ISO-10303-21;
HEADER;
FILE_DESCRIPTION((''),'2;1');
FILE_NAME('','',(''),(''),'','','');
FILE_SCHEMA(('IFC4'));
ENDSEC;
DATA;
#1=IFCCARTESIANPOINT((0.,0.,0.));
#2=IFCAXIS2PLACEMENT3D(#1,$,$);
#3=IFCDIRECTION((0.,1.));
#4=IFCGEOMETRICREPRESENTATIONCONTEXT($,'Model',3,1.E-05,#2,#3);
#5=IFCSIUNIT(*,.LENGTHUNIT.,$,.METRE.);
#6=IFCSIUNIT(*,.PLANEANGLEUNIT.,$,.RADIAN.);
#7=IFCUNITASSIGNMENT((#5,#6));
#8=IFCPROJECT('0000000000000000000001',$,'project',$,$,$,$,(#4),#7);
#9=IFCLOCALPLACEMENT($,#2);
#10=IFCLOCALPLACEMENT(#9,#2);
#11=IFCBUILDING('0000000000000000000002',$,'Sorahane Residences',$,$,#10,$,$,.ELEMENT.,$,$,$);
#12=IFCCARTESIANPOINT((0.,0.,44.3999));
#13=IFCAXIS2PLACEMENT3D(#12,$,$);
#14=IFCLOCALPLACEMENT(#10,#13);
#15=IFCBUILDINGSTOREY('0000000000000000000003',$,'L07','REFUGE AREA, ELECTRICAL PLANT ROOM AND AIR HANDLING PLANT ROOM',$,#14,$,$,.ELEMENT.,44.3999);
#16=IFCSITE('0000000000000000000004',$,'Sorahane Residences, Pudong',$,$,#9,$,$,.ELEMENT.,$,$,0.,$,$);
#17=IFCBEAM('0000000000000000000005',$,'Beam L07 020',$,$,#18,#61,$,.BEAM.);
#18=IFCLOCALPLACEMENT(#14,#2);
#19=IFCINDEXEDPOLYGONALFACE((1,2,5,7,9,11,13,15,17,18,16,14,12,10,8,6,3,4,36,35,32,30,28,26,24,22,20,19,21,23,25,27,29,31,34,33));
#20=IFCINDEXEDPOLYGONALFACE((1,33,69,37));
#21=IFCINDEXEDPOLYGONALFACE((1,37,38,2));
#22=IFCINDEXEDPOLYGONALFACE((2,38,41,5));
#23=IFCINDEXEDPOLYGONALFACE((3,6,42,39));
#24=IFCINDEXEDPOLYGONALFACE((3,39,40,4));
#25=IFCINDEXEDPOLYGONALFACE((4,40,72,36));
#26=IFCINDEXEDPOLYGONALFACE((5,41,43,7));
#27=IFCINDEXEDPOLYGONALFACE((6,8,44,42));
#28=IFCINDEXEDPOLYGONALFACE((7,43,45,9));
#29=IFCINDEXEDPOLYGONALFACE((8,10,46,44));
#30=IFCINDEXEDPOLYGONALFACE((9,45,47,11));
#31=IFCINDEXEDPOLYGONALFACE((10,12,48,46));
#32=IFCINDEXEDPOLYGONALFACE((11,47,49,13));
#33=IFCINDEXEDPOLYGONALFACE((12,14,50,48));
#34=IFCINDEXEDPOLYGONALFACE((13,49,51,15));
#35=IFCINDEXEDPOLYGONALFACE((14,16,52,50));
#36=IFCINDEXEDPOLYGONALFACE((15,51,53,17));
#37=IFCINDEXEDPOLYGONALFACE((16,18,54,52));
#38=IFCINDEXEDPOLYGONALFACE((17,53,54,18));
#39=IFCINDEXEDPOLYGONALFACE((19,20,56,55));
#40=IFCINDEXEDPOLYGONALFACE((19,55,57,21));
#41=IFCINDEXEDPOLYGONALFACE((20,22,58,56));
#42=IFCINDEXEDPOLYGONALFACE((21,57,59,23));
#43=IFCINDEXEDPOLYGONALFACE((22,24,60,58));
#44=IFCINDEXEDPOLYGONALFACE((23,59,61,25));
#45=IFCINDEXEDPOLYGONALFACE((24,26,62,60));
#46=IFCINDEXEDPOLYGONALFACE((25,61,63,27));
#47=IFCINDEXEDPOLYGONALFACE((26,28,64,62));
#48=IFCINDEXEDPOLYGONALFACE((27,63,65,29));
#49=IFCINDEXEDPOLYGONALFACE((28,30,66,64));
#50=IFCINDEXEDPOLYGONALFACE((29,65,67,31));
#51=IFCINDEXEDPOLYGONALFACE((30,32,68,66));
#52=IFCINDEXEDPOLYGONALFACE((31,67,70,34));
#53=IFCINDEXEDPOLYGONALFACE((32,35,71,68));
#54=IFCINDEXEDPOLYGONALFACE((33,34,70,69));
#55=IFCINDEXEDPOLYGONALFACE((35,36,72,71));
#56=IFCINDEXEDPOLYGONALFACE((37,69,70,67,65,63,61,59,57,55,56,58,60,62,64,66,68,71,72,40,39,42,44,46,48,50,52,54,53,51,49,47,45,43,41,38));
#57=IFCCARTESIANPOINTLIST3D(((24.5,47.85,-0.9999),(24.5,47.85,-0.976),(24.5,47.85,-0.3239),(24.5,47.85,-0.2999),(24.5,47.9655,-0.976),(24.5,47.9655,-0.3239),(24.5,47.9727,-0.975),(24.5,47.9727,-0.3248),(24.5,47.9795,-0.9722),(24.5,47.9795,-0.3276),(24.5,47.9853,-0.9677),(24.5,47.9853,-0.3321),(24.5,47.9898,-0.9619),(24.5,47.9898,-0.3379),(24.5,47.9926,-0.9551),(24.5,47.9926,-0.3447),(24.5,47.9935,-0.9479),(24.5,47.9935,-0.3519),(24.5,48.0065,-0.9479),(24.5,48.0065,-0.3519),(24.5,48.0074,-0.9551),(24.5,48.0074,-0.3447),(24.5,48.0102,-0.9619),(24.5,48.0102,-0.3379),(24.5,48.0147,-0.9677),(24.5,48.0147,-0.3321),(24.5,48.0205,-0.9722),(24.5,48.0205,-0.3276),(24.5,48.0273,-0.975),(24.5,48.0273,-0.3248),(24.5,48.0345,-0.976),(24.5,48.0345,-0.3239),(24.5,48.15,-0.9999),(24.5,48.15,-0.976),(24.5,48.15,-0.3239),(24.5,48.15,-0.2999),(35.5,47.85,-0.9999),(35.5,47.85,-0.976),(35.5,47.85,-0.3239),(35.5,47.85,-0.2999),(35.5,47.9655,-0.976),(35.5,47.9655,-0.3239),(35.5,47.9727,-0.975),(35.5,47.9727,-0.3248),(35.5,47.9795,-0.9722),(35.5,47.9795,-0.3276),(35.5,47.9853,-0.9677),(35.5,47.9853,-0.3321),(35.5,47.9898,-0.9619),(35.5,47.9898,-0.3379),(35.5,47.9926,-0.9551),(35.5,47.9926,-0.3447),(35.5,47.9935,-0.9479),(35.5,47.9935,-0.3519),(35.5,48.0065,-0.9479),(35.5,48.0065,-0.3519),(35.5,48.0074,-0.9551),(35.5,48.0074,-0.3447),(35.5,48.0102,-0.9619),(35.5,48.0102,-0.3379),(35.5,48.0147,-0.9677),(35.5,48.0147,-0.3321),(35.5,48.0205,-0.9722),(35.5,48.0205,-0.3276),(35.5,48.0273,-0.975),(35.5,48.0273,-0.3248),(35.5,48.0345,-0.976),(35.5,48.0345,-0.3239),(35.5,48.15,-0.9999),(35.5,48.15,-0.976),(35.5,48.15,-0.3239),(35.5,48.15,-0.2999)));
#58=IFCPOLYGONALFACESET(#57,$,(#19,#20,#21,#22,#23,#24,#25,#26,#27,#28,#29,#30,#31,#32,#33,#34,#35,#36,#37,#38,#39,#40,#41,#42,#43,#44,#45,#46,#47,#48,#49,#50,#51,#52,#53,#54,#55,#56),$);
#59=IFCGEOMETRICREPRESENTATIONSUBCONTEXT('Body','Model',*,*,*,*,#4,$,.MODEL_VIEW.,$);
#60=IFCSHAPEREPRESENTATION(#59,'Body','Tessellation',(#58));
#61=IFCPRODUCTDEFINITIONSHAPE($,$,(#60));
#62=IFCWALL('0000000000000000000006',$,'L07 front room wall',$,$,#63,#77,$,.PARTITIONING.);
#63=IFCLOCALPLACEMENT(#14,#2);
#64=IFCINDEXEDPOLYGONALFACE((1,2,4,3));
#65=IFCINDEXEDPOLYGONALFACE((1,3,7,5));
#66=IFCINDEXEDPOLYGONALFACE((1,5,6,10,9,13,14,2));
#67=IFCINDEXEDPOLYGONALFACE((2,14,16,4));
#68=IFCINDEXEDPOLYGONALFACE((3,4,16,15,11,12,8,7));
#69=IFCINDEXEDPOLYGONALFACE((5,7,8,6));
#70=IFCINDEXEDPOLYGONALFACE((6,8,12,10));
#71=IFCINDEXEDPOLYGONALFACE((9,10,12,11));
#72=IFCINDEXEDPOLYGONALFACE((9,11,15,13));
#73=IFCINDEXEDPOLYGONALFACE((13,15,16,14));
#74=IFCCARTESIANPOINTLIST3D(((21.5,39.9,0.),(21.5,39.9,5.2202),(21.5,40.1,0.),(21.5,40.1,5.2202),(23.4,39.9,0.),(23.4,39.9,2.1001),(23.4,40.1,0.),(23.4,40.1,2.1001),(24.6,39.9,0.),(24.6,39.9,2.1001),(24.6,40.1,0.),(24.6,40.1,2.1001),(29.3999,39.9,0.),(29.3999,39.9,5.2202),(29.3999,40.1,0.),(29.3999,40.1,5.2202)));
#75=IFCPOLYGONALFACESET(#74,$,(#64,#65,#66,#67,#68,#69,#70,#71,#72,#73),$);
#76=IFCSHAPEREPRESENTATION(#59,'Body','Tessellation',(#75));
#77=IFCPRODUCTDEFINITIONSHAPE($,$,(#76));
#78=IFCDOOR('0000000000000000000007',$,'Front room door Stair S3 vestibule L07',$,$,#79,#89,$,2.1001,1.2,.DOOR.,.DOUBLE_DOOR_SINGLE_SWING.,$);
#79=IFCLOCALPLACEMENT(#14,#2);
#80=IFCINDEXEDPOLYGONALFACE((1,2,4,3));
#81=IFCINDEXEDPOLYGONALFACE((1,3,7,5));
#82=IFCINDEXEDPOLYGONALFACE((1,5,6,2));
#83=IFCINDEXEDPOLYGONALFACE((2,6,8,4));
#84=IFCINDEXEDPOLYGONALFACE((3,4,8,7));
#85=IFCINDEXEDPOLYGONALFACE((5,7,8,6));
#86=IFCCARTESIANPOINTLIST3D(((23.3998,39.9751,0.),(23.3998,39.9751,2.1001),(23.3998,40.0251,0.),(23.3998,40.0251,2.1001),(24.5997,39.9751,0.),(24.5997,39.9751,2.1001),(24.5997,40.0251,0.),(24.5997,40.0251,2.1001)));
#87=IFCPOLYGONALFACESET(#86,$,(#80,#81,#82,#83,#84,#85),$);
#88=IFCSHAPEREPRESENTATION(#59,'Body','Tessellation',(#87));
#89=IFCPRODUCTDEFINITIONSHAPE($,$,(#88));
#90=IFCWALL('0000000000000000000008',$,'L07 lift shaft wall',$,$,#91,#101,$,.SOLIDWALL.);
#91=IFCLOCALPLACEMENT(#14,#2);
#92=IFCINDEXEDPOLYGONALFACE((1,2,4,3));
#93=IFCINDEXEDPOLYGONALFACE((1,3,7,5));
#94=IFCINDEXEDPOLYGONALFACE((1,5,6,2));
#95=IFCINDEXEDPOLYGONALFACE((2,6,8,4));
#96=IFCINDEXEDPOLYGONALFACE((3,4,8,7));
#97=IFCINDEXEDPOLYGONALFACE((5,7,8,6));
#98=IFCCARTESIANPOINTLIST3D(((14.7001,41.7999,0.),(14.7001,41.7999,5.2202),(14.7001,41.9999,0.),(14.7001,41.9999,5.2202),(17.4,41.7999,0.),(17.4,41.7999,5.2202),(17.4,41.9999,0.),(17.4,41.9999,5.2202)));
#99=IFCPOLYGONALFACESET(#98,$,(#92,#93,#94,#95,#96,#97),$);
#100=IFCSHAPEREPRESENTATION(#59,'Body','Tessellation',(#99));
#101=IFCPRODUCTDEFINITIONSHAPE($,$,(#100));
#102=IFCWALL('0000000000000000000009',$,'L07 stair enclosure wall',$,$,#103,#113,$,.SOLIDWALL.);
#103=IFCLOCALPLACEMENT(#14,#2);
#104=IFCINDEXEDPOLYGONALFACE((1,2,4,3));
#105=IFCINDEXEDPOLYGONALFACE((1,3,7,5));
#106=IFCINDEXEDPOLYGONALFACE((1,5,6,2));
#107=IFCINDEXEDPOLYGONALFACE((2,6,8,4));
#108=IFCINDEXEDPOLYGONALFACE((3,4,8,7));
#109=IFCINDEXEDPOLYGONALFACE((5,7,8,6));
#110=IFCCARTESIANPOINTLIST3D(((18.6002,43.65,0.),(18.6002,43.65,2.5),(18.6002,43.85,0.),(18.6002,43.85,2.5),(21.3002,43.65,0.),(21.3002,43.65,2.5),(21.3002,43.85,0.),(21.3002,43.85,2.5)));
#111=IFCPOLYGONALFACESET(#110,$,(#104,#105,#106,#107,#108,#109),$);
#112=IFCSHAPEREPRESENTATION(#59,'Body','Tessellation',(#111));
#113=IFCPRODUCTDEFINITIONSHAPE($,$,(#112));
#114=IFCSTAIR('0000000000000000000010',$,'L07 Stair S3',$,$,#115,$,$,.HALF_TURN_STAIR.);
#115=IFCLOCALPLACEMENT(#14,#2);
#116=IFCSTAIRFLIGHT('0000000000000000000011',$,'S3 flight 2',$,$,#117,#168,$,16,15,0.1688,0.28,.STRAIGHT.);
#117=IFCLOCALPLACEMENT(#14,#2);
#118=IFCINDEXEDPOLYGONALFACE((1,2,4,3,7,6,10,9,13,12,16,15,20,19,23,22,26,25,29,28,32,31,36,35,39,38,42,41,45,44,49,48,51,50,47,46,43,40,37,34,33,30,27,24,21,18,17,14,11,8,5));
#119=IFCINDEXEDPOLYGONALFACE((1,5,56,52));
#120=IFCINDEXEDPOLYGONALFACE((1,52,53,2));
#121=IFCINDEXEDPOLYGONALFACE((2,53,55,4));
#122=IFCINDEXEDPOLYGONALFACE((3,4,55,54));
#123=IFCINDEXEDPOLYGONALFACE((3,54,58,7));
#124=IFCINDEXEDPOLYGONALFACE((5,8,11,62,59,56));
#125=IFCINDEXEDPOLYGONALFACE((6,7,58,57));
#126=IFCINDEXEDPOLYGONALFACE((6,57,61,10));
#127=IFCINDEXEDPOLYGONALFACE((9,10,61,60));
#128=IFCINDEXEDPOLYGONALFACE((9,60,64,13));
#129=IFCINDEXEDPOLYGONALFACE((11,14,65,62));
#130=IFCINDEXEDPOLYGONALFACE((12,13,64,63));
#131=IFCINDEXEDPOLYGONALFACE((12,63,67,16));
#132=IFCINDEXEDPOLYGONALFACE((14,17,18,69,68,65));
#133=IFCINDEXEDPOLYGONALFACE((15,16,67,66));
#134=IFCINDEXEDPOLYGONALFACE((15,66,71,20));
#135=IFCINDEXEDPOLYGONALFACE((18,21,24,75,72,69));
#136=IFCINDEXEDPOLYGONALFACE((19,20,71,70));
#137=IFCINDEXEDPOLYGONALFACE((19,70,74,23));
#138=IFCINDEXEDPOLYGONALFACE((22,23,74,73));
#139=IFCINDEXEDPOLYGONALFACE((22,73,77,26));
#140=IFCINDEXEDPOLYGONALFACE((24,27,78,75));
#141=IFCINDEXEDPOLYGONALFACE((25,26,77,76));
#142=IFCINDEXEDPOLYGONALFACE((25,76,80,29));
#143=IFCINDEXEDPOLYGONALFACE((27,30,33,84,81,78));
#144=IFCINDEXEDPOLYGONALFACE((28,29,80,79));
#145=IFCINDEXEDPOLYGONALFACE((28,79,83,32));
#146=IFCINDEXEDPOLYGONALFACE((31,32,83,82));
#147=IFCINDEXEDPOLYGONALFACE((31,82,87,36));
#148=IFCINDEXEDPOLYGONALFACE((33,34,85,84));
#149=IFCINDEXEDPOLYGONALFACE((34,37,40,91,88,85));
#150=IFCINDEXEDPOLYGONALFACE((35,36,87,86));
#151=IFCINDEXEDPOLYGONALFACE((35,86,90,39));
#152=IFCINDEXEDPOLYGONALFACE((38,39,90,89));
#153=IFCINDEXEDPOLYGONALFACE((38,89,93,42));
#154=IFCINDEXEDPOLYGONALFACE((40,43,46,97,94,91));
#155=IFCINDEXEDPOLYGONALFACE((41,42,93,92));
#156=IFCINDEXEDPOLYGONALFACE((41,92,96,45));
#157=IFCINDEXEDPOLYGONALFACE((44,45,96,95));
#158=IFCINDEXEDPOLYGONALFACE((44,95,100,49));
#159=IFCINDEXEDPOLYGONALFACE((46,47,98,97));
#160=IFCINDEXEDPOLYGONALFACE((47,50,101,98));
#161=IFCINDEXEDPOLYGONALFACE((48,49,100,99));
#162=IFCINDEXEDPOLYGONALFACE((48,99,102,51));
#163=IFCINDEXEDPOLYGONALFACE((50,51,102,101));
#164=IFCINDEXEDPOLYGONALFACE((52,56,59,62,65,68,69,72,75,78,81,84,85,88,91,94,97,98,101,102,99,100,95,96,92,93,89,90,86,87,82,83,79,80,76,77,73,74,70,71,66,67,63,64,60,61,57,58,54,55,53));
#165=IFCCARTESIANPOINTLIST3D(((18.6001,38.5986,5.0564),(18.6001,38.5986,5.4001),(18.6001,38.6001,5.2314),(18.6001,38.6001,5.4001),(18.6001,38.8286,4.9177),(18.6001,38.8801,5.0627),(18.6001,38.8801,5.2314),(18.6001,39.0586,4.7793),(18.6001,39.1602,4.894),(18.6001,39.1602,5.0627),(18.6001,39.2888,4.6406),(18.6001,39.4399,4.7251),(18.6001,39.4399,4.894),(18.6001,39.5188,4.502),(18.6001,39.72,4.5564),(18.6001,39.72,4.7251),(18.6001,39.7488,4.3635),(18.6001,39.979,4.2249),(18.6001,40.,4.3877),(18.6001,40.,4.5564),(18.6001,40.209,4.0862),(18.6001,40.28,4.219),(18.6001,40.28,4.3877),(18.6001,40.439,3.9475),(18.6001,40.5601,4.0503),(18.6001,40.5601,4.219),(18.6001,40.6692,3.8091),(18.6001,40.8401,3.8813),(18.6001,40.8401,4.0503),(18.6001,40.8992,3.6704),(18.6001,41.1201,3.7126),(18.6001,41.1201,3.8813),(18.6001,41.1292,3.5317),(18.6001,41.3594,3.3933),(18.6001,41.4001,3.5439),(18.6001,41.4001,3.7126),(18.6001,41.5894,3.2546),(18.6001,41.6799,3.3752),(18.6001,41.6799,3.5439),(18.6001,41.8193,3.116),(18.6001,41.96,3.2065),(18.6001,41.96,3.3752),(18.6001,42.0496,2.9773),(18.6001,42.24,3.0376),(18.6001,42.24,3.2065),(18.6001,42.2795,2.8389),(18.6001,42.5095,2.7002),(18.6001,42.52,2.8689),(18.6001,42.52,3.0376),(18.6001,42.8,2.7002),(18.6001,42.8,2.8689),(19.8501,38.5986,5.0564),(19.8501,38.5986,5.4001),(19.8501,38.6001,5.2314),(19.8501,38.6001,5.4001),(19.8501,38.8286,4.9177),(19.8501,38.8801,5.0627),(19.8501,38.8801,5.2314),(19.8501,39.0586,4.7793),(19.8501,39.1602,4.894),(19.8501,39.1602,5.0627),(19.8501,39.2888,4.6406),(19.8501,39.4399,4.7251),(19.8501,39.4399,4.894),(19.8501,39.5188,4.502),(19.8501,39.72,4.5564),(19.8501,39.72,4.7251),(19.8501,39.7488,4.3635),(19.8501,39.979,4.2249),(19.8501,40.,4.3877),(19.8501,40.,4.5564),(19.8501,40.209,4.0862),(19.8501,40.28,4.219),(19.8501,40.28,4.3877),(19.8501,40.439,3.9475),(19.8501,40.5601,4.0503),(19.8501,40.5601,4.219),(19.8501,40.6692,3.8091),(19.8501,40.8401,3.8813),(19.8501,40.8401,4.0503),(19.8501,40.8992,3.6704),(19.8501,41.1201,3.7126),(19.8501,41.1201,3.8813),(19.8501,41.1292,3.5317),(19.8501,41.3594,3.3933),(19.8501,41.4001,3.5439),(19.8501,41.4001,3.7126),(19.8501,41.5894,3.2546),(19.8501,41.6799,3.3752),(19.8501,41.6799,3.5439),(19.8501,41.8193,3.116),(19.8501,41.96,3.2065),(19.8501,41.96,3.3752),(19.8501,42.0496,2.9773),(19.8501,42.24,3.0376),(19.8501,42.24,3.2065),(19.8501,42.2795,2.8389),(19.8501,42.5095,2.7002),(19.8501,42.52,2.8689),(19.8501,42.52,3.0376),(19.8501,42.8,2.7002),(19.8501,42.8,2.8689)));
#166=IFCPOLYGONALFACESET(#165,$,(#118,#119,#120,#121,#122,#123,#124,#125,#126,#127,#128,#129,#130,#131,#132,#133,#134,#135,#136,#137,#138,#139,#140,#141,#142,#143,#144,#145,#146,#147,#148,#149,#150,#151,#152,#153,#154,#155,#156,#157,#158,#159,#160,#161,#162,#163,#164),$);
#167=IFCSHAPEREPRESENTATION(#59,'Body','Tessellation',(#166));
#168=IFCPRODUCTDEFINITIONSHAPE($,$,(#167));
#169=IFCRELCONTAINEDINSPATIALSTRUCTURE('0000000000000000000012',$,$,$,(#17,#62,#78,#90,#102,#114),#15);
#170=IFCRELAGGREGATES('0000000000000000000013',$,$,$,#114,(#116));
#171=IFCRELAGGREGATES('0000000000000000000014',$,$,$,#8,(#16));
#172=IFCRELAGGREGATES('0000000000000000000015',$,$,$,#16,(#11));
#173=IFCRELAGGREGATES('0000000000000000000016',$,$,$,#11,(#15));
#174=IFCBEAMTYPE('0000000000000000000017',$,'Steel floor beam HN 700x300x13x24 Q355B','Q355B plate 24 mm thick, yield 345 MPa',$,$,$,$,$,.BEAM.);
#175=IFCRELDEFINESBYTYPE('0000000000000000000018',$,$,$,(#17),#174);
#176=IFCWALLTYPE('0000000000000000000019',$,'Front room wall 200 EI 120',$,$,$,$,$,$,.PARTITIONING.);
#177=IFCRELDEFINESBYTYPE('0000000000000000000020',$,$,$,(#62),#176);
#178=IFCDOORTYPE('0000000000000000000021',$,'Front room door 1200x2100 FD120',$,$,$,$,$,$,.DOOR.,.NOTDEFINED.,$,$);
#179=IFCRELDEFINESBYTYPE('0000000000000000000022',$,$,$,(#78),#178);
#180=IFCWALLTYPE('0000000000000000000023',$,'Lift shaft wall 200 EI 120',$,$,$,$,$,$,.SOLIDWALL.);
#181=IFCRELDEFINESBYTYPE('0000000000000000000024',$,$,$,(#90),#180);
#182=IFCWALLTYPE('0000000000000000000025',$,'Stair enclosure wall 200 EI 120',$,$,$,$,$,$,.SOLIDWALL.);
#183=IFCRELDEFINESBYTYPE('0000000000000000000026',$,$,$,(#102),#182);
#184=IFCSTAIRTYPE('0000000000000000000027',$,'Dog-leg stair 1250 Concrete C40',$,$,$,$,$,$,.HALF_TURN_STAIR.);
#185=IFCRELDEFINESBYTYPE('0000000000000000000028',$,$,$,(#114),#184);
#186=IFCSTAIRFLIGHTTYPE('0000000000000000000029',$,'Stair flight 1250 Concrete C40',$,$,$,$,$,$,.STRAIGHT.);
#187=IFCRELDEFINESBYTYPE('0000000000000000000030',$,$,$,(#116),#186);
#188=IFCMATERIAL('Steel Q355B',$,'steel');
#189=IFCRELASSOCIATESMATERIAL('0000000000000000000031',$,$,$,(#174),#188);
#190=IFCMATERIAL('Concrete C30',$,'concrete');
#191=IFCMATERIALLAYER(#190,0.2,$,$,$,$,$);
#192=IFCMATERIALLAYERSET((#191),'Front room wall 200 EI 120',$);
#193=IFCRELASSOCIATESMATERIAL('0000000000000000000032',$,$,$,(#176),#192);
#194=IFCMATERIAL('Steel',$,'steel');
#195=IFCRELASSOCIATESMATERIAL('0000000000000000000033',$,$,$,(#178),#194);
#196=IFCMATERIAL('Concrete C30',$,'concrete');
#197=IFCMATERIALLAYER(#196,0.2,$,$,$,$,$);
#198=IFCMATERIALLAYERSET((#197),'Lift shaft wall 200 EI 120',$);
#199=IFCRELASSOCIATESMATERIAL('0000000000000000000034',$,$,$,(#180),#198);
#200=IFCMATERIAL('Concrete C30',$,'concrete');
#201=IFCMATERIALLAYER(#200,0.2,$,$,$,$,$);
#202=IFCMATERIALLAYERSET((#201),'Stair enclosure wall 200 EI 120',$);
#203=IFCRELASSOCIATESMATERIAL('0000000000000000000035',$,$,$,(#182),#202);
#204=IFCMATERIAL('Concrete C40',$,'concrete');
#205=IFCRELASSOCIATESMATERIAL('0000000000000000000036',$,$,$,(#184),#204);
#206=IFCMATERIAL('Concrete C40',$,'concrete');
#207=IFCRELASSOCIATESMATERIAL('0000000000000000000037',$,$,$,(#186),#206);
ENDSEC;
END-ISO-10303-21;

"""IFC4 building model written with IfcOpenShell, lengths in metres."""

from ifc_helpers import new_model, si_unit, direction, frame, frame_2d, origin, origin_2d, place, context, subcontext, project, spatial, polyline, rectangle, i_section, outline, extrude, material, layer, layer_set, material_profile, profile_set, type_object, element, fill, aggregate, save


model = new_model("IFC4")

# Units and contexts
model_context = context("Model", 3, precision=1e-05, world=origin(), true_north=direction((0.0, 1.0)))
body_context = subcontext(model_context, "Body", "Model", "MODEL_VIEW")
ifc_project = project(units=[si_unit("LENGTHUNIT", "METRE"), si_unit("PLANEANGLEUNIT", "RADIAN")], contexts=[model_context])

# Site, building, storey
site_placement = place(None, origin())
site = spatial("IfcSite", under=ifc_project, at=site_placement, Name="Sorahane Residences, Pudong", CompositionType="ELEMENT", RefElevation=0.0)
building_placement = place(site_placement, origin())
building = spatial("IfcBuilding", under=site, at=building_placement, Name="Sorahane Residences", CompositionType="ELEMENT")
storey_placement = place(building_placement, frame((0.0, 0.0, 44.3999)))
storey = spatial("IfcBuildingStorey", under=building, at=storey_placement, Name="L07", Description="REFUGE AREA, ELECTRICAL PLANT ROOM AND AIR HANDLING PLANT ROOM", CompositionType="ELEMENT", Elevation=44.3999)

# Beam
ifc_material_1 = material(Name="Steel Q355B", Category="steel")
ifc_material_profile_1 = material_profile(ifc_material_1, i_section(OverallWidth=0.3, OverallDepth=0.7, WebThickness=0.0129, FlangeThickness=0.0239, FilletRadius=0.0281, at=origin_2d()), Name="HN 700x300x13x24")
ifc_profile_set_1 = profile_set([ifc_material_profile_1], Name="Steel Q355B")
beam_type_1 = type_object("IfcBeamType", Name="Steel floor beam HN 700x300x13x24 Q355B", Description="Q355B plate 24 mm thick, yield 345 MPa", PredefinedType="BEAM", material=ifc_profile_set_1)
for number, where, z_axis, x_axis, name in (
    (1, (24.5, 48.0, -0.6499), (1.0, 0.0, 0.0), (0.0, 1.0, 0.0), "Beam L07 020"),
):
    element("IfcBeam", number, at=place(storey_placement, frame(where, z_axis=z_axis, x_axis=x_axis)), inside=storey, type_object=beam_type_1, Name=name, PredefinedType="BEAM", context=body_context, shape_type="SweptSolid", body=[
        extrude(i_section(OverallWidth=0.3, OverallDepth=0.7, WebThickness=0.0129, FlangeThickness=0.0239, FilletRadius=0.0281, at=origin_2d()), origin(), (0.0, 0.0, 1.0), 11.0),
    ])

# Wall, opening, door
ifc_material_2 = material(Name="Concrete C30", Category="concrete")
ifc_layer_1 = layer(ifc_material_2, 0.2)
ifc_layer_set_1 = layer_set([ifc_layer_1], Name="Front room wall 200 EI 120")
wall_type_1 = type_object("IfcWallType", Name="Front room wall 200 EI 120", PredefinedType="PARTITIONING", material=ifc_layer_set_1)
wall_1_placement = place(storey_placement, frame((21.5, 40.0, 0.0), z_axis=(0.0, 0.0, 1.0), x_axis=(1.0, 0.0, 0.0)))
wall_1 = element("IfcWall", 2, at=wall_1_placement, inside=storey, type_object=wall_type_1, Name="L07 front room wall", PredefinedType="PARTITIONING", context=body_context, shape_type="SweptSolid", body=[
    extrude(rectangle(XDim=7.8999, YDim=0.2, at=frame_2d((3.95, 0.0))), origin(), (0.0, 0.0, 1.0), 5.2202),
])
opening_placement = place(wall_1_placement, frame((1.8999, 0.0, 0.0)))
opening = element("IfcOpeningElement", 3, at=opening_placement, cuts=wall_1, PredefinedType="OPENING", context=body_context, shape_type="SweptSolid", body=[
    extrude(rectangle(XDim=1.2, YDim=2.1001, at=frame_2d((0.6001, 1.05))), frame((0.0, 0.1099, 0.0), z_axis=(0.0, -1.0, 0.0), x_axis=(1.0, 0.0, 0.0)), (0.0, 0.0, 1.0), 0.22),
])
ifc_material_3 = material(Name="Steel", Category="steel")
door_type = type_object("IfcDoorType", Name="Front room door 1200x2100 FD120", OperationType="NOTDEFINED", PredefinedType="DOOR", material=ifc_material_3)
door_placement = place(opening_placement, frame((1.2, 0.0, 0.0), z_axis=(0.0, 0.0, 1.0), x_axis=(-1.0, 0.0, 0.0)))
door = element("IfcDoor", 4, at=door_placement, inside=storey, type_object=door_type, Name="Front room door Stair S3 vestibule L07", OperationType="DOUBLE_DOOR_SINGLE_SWING", OverallHeight=2.1001, OverallWidth=1.2, PredefinedType="DOOR", context=body_context, shape_type="SweptSolid", body=[
    extrude(rectangle(XDim=1.2, YDim=2.1001, at=frame_2d((0.6001, 1.05))), frame((0.0, 0.0249, 0.0), z_axis=(0.0, -1.0, 0.0), x_axis=(1.0, 0.0, 0.0)), (0.0, 0.0, 1.0), 0.05),
])
fill(opening, door)

# Walls
ifc_material_4 = material(Name="Concrete C30", Category="concrete")
ifc_layer_2 = layer(ifc_material_4, 0.2)
ifc_layer_set_2 = layer_set([ifc_layer_2], Name="Lift shaft wall 200 EI 120")
wall_type_2 = type_object("IfcWallType", Name="Lift shaft wall 200 EI 120", PredefinedType="SOLIDWALL", material=ifc_layer_set_2)
wall_2_placement = place(storey_placement, frame((14.7, 41.8999, 0.0), z_axis=(0.0, 0.0, 1.0), x_axis=(1.0, 0.0, 0.0)))
element("IfcWall", 5, at=wall_2_placement, inside=storey, type_object=wall_type_2, Name="L07 lift shaft wall", PredefinedType="SOLIDWALL", context=body_context, shape_type="SweptSolid", body=[
    extrude(rectangle(XDim=2.7, YDim=0.2, at=frame_2d((1.3501, 0.0))), origin(), (0.0, 0.0, 1.0), 5.2202),
])
ifc_material_5 = material(Name="Concrete C30", Category="concrete")
ifc_layer_3 = layer(ifc_material_5, 0.2)
ifc_layer_set_3 = layer_set([ifc_layer_3], Name="Stair enclosure wall 200 EI 120")
wall_type_3 = type_object("IfcWallType", Name="Stair enclosure wall 200 EI 120", PredefinedType="SOLIDWALL", material=ifc_layer_set_3)
wall_3_placement = place(storey_placement, frame((18.6001, 43.75, 0.0), z_axis=(0.0, 0.0, 1.0), x_axis=(1.0, 0.0, 0.0)))
element("IfcWall", 6, at=wall_3_placement, inside=storey, type_object=wall_type_3, Name="L07 stair enclosure wall", PredefinedType="SOLIDWALL", context=body_context, shape_type="SweptSolid", body=[
    extrude(rectangle(XDim=2.7, YDim=0.2, at=frame_2d((1.3501, 0.0))), origin(), (0.0, 0.0, 1.0), 2.5),
])

# Stair, stair flight
ifc_material_6 = material(Name="Concrete C40", Category="concrete")
stair_type = type_object("IfcStairType", Name="Dog-leg stair 1250 Concrete C40", PredefinedType="HALF_TURN_STAIR", material=ifc_material_6)
stair_placement = place(storey_placement, origin())
stair = element("IfcStair", 7, at=stair_placement, inside=storey, type_object=stair_type, Name="L07 Stair S3", PredefinedType="HALF_TURN_STAIR")
ifc_material_7 = material(Name="Concrete C40", Category="concrete")
stair_flight_type = type_object("IfcStairFlightType", Name="Stair flight 1250 Concrete C40", PredefinedType="STRAIGHT", material=ifc_material_7)
stair_flight_placement = place(storey_placement, frame((19.2251, 42.8, 2.7002), z_axis=(0.0, 0.0, 1.0), x_axis=(0.0, -1.0, 0.0)))
stair_flight = element("IfcStairFlight", 8, at=stair_flight_placement, type_object=stair_flight_type, Name="S3 flight 2", NumberOfRisers=16, NumberOfTreads=15, PredefinedType="STRAIGHT", RiserHeight=0.1688, TreadLength=0.28, context=body_context, shape_type="SweptSolid", body=[
    extrude(outline(polyline([(0.0, 0.0), (0.0, 0.1687), (0.28, 0.1687), (0.28, 0.3374), (0.5601, 0.3374), (0.5601, 0.5063), (0.8401, 0.5063), (0.8401, 0.675), (1.1201, 0.675), (1.1201, 0.8438), (1.3999, 0.8438), (1.3999, 1.0125), (1.6799, 1.0125), (1.6799, 1.1812), (1.96, 1.1812), (1.96, 1.3501), (2.24, 1.3501), (2.24, 1.5188), (2.52, 1.5188), (2.52, 1.6875), (2.8, 1.6875), (2.8, 1.8562), (3.0801, 1.8562), (3.0801, 2.0249), (3.3601, 2.0249), (3.3601, 2.1938), (3.6399, 2.1938), (3.6399, 2.3625), (3.9199, 2.3625), (3.9199, 2.5312), (4.2, 2.5312), (4.2, 2.7), (4.2014, 2.7), (4.2014, 2.3562), (3.9714, 2.2175), (3.7415, 2.0791), (3.5112, 1.9404), (3.2812, 1.8018), (3.0513, 1.6633), (2.821, 1.5247), (2.5911, 1.386), (2.3611, 1.2473), (2.1309, 1.1089), (1.9009, 0.9702), (1.6709, 0.8315), (1.4407, 0.6931), (1.2107, 0.5544), (0.9807, 0.4158), (0.7505, 0.2771), (0.5205, 0.1387), (0.2905, 0.0), (0.0, 0.0)])), frame((0.0, 0.625, 0.0), z_axis=(0.0, -1.0, 0.0), x_axis=(1.0, 0.0, 0.0)), (0.0, 0.0, 1.0), 1.25),
])
aggregate(stair, [stair_flight])

save(model, "model.ifc")
